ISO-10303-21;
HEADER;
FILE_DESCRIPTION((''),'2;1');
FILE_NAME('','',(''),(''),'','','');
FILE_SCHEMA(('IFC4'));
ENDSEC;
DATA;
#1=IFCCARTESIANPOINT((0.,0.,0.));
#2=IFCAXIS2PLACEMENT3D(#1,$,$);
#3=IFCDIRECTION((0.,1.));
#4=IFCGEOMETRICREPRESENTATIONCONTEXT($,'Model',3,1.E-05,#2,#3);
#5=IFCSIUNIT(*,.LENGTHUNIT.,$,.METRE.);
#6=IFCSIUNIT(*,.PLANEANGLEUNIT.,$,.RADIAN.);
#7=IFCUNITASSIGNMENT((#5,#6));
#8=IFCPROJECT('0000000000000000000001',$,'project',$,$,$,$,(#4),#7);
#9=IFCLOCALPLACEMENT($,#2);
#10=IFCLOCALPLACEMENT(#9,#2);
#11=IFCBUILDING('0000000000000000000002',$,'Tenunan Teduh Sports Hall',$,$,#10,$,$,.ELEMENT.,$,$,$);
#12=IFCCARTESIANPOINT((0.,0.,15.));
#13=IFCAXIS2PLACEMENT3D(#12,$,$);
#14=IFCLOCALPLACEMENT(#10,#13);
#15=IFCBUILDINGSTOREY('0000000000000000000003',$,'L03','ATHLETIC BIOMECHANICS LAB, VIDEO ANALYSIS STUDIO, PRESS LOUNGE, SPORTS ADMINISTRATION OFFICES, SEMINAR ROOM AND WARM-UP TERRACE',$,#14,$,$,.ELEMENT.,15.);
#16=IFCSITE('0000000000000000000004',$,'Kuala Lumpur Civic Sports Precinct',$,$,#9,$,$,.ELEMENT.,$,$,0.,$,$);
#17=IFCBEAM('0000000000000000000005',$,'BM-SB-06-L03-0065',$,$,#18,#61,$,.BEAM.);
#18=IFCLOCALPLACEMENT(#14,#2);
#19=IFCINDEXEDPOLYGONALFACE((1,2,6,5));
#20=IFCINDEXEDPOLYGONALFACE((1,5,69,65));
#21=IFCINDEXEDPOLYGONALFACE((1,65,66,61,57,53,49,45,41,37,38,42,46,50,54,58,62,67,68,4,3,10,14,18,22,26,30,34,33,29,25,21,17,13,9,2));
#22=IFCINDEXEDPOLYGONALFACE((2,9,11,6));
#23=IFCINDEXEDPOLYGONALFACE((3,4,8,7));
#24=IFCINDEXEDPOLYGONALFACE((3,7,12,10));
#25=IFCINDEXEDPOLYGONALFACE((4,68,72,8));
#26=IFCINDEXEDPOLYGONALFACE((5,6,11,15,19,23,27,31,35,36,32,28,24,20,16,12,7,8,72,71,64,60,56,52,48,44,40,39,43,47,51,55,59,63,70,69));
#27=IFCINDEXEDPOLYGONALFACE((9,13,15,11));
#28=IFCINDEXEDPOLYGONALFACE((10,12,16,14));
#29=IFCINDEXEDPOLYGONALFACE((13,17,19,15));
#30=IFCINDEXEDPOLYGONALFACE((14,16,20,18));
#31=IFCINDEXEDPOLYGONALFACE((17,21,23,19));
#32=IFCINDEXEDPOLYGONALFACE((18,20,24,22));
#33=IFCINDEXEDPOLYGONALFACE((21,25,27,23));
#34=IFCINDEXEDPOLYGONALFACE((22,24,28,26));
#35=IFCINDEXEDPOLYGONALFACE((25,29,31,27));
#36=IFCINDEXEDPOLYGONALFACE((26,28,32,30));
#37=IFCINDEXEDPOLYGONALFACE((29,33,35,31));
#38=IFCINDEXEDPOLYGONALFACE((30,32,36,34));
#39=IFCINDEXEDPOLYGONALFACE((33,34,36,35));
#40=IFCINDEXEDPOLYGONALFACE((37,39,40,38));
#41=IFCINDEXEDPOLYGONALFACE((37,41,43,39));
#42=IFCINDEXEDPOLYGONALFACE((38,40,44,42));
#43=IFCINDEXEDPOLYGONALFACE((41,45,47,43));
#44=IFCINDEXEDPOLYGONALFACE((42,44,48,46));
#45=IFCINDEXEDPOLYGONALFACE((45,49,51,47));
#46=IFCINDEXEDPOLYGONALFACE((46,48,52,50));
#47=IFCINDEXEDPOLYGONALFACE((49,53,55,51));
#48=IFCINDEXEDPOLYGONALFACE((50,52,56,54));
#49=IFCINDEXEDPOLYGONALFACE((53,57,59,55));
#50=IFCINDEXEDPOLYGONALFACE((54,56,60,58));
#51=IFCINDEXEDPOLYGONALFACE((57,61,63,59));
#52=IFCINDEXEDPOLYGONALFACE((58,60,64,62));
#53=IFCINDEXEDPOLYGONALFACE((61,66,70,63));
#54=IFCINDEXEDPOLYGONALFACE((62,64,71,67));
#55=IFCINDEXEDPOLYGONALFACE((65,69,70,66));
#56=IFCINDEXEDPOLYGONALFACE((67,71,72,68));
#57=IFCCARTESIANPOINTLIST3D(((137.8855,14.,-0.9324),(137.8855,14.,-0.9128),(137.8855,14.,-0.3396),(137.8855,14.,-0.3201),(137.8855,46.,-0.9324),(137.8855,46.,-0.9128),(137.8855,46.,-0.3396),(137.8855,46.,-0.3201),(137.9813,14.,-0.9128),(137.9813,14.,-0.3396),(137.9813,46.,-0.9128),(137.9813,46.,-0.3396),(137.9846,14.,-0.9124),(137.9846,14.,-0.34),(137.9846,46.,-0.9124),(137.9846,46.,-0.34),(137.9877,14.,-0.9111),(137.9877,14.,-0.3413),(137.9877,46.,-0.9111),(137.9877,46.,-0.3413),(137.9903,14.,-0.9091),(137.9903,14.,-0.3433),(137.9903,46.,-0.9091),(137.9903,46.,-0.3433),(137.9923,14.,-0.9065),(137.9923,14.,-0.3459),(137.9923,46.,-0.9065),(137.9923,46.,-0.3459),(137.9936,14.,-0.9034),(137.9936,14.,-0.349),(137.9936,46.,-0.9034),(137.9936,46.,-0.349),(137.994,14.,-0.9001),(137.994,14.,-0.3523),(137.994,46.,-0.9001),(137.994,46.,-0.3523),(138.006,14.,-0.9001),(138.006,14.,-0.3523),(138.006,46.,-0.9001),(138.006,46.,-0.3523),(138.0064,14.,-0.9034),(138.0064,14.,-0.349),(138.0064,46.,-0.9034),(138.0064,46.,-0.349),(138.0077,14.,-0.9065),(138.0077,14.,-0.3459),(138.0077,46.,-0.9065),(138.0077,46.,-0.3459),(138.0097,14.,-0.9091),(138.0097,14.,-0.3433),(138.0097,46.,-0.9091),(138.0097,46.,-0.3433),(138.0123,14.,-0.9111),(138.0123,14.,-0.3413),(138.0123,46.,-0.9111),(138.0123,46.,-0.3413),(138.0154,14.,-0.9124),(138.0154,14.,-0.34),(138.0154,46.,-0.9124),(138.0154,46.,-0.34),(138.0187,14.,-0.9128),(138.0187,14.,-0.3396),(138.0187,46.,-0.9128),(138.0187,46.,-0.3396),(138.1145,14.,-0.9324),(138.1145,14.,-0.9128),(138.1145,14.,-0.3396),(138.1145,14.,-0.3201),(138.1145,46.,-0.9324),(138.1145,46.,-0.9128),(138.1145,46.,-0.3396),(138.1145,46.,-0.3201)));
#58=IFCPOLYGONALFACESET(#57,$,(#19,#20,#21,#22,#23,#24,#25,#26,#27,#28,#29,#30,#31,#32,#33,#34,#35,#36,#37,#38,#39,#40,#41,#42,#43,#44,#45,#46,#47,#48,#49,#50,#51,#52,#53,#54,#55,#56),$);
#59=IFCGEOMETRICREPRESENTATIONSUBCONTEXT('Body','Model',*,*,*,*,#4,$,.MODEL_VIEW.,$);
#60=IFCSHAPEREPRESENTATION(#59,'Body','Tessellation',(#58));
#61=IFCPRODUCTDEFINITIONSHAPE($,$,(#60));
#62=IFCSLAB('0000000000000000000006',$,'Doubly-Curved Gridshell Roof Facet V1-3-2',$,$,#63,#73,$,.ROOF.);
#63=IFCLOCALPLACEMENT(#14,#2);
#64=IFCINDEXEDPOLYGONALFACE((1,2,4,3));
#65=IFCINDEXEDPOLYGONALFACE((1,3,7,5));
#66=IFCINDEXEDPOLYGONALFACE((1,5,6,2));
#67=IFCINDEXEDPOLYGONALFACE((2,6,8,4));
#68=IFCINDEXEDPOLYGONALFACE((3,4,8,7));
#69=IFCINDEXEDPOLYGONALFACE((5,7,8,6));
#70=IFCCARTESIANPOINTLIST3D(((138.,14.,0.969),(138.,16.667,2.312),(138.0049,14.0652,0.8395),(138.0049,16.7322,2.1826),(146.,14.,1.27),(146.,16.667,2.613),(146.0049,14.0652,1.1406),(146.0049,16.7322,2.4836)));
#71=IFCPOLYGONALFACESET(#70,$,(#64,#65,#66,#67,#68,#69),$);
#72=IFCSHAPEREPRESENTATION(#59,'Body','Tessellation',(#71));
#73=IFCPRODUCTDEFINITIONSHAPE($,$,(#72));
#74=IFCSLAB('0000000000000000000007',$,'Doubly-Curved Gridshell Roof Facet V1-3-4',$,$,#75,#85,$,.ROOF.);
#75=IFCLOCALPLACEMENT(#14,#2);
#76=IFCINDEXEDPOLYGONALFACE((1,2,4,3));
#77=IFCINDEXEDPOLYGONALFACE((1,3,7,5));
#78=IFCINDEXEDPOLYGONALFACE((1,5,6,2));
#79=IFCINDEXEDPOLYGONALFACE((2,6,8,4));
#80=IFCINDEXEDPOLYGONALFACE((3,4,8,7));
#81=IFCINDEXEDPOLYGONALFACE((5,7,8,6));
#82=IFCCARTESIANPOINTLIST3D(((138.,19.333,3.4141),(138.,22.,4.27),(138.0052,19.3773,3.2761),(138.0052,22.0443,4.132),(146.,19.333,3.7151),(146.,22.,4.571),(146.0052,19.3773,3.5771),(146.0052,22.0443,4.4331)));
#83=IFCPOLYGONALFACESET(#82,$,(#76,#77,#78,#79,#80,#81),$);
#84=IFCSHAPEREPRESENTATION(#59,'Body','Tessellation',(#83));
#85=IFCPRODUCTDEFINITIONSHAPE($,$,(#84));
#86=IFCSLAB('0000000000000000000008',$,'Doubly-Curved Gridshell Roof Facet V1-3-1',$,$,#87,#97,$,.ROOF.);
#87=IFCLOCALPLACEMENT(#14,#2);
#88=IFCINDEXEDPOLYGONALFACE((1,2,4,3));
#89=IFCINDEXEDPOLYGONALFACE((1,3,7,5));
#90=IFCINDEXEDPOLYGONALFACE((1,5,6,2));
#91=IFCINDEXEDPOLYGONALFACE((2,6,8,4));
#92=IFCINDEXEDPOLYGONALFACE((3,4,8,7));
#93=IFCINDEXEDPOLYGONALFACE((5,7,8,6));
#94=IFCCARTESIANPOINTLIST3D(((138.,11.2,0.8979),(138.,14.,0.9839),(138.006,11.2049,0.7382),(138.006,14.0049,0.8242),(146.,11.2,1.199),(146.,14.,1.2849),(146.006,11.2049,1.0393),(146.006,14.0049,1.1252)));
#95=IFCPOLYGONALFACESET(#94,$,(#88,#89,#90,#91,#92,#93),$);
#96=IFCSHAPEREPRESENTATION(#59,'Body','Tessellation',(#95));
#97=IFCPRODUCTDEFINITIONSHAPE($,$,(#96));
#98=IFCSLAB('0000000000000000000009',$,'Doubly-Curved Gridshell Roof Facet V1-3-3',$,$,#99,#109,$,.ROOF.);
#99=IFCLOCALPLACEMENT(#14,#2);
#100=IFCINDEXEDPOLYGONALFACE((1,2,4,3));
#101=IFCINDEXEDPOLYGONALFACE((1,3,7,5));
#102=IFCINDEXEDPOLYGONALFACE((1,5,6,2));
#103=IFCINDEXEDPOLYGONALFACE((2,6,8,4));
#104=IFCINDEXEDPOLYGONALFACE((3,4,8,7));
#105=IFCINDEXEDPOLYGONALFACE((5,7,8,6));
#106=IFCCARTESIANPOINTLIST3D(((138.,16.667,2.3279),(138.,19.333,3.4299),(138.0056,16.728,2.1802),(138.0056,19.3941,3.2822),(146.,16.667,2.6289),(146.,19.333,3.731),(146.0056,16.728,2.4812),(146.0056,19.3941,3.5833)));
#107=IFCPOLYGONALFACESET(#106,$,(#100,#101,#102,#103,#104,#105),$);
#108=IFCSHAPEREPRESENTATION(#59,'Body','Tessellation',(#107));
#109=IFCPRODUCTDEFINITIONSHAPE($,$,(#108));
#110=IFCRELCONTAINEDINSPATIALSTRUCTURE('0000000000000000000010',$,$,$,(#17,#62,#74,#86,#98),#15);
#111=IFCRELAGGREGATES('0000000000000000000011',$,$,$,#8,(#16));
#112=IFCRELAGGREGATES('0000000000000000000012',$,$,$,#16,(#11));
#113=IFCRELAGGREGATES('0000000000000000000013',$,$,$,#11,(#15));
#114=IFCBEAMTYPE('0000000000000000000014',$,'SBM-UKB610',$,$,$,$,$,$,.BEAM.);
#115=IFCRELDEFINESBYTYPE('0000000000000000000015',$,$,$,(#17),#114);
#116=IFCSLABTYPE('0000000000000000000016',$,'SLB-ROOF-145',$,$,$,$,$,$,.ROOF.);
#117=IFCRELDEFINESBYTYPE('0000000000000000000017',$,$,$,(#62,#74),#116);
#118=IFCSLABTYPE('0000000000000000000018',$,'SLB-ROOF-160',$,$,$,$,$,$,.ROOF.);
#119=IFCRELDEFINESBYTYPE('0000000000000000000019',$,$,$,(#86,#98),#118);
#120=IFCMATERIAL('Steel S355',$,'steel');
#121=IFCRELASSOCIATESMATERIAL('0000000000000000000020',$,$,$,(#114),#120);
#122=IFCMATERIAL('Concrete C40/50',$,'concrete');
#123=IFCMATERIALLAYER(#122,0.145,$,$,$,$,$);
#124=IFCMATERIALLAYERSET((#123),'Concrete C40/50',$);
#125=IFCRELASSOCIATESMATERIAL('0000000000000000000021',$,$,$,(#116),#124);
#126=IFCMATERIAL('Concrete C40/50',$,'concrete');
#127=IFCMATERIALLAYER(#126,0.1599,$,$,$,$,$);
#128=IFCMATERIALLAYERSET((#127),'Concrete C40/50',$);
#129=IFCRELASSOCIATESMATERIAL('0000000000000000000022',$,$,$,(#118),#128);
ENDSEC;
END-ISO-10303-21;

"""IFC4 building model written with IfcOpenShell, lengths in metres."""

from ifc_helpers import new_model, si_unit, direction, frame, origin, origin_2d, place, context, subcontext, project, spatial, polyline, i_section, outline, extrude, material, layer, layer_set, material_profile, profile_set, type_object, element, save


model = new_model("IFC4")

# Units and contexts
model_context = context("Model", 3, precision=1e-05, world=origin(), true_north=direction((0.0, 1.0)))
body_context = subcontext(model_context, "Body", "Model", "MODEL_VIEW")
ifc_project = project(units=[si_unit("LENGTHUNIT", "METRE"), si_unit("PLANEANGLEUNIT", "RADIAN")], contexts=[model_context])

# Site, building, storey
site_placement = place(None, origin())
site = spatial("IfcSite", under=ifc_project, at=site_placement, Name="Kuala Lumpur Civic Sports Precinct", CompositionType="ELEMENT", RefElevation=0.0)
building_placement = place(site_placement, origin())
building = spatial("IfcBuilding", under=site, at=building_placement, Name="Tenunan Teduh Sports Hall", CompositionType="ELEMENT")
storey_placement = place(building_placement, frame((0.0, 0.0, 15.0)))
storey = spatial("IfcBuildingStorey", under=building, at=storey_placement, Name="L03", Description="ATHLETIC BIOMECHANICS LAB, VIDEO ANALYSIS STUDIO, PRESS LOUNGE, SPORTS ADMINISTRATION OFFICES, SEMINAR ROOM AND WARM-UP TERRACE", CompositionType="ELEMENT", Elevation=15.0)

# Beam
ifc_material_1 = material(Name="Steel S355", Category="steel")
ifc_material_profile_1 = material_profile(ifc_material_1, i_section(OverallWidth=0.229, OverallDepth=0.6123, WebThickness=0.012, FlangeThickness=0.0195, FilletRadius=0.0127, at=origin_2d()), Name="UKB 610x229x125")
ifc_profile_set_1 = profile_set([ifc_material_profile_1], Name="Steel S355")
beam_type_1 = type_object("IfcBeamType", Name="SBM-UKB610", PredefinedType="BEAM", material=ifc_profile_set_1)
beam_1_placement = place(storey_placement, frame((138.0, 14.0, -0.6262), z_axis=(0.0, 1.0, 0.0), x_axis=(-1.0, 0.0, 0.0)))
element("IfcBeam", 1, at=beam_1_placement, inside=storey, type_object=beam_type_1, Name="BM-SB-06-L03-0065", PredefinedType="BEAM", context=body_context, shape_type="SweptSolid", body=[
    extrude(i_section(OverallWidth=0.229, OverallDepth=0.6123, WebThickness=0.012, FlangeThickness=0.0195, FilletRadius=0.0127, at=origin_2d()), origin(), (0.0, 0.0, 1.0), 32.0),
])

# Slabs
ifc_material_2 = material(Name="Concrete C40/50", Category="concrete")
ifc_layer_1 = layer(ifc_material_2, 0.145)
ifc_layer_set_1 = layer_set([ifc_layer_1], Name="Concrete C40/50")
slab_type_1 = type_object("IfcSlabType", Name="SLB-ROOF-145", PredefinedType="ROOF", material=ifc_layer_set_1)
slab_1_placement = place(storey_placement, frame((138.0, 14.0, 0.969), z_axis=(-0.033589, -0.449509, 0.892644), x_axis=(0.999293, 0.0, 0.037602)))
element("IfcSlab", 2, at=slab_1_placement, inside=storey, type_object=slab_type_1, Name="Doubly-Curved Gridshell Roof Facet V1-3-2", PredefinedType="ROOF", context=body_context, shape_type="SweptSolid", body=[
    extrude(outline(polyline([(0.0, 0.0), (8.0057, 0.0), (8.0562, 2.9856), (0.0505, 2.9856), (0.0, 0.0)])), origin(), (0.0, 0.0, -1.0), 0.145),
])
slab_2_placement = place(storey_placement, frame((138.0, 19.333, 3.4141), z_axis=(-0.035805, -0.305396, 0.951552), x_axis=(0.999293, 0.0, 0.037602)))
element("IfcSlab", 3, at=slab_2_placement, inside=storey, type_object=slab_type_1, Name="Doubly-Curved Gridshell Roof Facet V1-3-4", PredefinedType="ROOF", context=body_context, shape_type="SweptSolid", body=[
    extrude(outline(polyline([(0.0, 0.0), (8.0057, 0.0), (8.0378, 2.8008), (0.0322, 2.8008), (0.0, 0.0)])), origin(), (0.0, 0.0, -1.0), 0.145),
])
ifc_material_3 = material(Name="Concrete C40/50", Category="concrete")
ifc_layer_2 = layer(ifc_material_3, 0.1599)
ifc_layer_set_2 = layer_set([ifc_layer_2], Name="Concrete C40/50")
slab_type_2 = type_object("IfcSlabType", Name="SLB-ROOF-160", PredefinedType="ROOF", material=ifc_layer_set_2)
slab_3_placement = place(storey_placement, frame((138.0, 11.2, 0.8979), z_axis=(-0.037584, -0.030655, 0.998823), x_axis=(0.999293, 0.0, 0.037602)))
element("IfcSlab", 4, at=slab_3_placement, inside=storey, type_object=slab_type_2, Name="Doubly-Curved Gridshell Roof Facet V1-3-1", PredefinedType="ROOF", context=body_context, shape_type="SweptSolid", body=[
    extrude(outline(polyline([(0.0, 0.0), (8.0057, 0.0), (8.0089, 2.8014), (0.0032, 2.8014), (0.0, 0.0)])), origin(), (0.0, 0.0, -1.0), 0.1599),
])
slab_4_placement = place(storey_placement, frame((138.0, 16.667, 2.3279), z_axis=(-0.034753, -0.381787, 0.923597), x_axis=(0.999293, 0.0, 0.037602)))
element("IfcSlab", 5, at=slab_4_placement, inside=storey, type_object=slab_type_2, Name="Doubly-Curved Gridshell Roof Facet V1-3-3", PredefinedType="ROOF", context=body_context, shape_type="SweptSolid", body=[
    extrude(outline(polyline([(0.0, 0.0), (8.0057, 0.0), (8.0471, 2.8845), (0.0414, 2.8845), (0.0, 0.0)])), origin(), (0.0, 0.0, -1.0), 0.1599),
])

save(model, "model.ifc")
